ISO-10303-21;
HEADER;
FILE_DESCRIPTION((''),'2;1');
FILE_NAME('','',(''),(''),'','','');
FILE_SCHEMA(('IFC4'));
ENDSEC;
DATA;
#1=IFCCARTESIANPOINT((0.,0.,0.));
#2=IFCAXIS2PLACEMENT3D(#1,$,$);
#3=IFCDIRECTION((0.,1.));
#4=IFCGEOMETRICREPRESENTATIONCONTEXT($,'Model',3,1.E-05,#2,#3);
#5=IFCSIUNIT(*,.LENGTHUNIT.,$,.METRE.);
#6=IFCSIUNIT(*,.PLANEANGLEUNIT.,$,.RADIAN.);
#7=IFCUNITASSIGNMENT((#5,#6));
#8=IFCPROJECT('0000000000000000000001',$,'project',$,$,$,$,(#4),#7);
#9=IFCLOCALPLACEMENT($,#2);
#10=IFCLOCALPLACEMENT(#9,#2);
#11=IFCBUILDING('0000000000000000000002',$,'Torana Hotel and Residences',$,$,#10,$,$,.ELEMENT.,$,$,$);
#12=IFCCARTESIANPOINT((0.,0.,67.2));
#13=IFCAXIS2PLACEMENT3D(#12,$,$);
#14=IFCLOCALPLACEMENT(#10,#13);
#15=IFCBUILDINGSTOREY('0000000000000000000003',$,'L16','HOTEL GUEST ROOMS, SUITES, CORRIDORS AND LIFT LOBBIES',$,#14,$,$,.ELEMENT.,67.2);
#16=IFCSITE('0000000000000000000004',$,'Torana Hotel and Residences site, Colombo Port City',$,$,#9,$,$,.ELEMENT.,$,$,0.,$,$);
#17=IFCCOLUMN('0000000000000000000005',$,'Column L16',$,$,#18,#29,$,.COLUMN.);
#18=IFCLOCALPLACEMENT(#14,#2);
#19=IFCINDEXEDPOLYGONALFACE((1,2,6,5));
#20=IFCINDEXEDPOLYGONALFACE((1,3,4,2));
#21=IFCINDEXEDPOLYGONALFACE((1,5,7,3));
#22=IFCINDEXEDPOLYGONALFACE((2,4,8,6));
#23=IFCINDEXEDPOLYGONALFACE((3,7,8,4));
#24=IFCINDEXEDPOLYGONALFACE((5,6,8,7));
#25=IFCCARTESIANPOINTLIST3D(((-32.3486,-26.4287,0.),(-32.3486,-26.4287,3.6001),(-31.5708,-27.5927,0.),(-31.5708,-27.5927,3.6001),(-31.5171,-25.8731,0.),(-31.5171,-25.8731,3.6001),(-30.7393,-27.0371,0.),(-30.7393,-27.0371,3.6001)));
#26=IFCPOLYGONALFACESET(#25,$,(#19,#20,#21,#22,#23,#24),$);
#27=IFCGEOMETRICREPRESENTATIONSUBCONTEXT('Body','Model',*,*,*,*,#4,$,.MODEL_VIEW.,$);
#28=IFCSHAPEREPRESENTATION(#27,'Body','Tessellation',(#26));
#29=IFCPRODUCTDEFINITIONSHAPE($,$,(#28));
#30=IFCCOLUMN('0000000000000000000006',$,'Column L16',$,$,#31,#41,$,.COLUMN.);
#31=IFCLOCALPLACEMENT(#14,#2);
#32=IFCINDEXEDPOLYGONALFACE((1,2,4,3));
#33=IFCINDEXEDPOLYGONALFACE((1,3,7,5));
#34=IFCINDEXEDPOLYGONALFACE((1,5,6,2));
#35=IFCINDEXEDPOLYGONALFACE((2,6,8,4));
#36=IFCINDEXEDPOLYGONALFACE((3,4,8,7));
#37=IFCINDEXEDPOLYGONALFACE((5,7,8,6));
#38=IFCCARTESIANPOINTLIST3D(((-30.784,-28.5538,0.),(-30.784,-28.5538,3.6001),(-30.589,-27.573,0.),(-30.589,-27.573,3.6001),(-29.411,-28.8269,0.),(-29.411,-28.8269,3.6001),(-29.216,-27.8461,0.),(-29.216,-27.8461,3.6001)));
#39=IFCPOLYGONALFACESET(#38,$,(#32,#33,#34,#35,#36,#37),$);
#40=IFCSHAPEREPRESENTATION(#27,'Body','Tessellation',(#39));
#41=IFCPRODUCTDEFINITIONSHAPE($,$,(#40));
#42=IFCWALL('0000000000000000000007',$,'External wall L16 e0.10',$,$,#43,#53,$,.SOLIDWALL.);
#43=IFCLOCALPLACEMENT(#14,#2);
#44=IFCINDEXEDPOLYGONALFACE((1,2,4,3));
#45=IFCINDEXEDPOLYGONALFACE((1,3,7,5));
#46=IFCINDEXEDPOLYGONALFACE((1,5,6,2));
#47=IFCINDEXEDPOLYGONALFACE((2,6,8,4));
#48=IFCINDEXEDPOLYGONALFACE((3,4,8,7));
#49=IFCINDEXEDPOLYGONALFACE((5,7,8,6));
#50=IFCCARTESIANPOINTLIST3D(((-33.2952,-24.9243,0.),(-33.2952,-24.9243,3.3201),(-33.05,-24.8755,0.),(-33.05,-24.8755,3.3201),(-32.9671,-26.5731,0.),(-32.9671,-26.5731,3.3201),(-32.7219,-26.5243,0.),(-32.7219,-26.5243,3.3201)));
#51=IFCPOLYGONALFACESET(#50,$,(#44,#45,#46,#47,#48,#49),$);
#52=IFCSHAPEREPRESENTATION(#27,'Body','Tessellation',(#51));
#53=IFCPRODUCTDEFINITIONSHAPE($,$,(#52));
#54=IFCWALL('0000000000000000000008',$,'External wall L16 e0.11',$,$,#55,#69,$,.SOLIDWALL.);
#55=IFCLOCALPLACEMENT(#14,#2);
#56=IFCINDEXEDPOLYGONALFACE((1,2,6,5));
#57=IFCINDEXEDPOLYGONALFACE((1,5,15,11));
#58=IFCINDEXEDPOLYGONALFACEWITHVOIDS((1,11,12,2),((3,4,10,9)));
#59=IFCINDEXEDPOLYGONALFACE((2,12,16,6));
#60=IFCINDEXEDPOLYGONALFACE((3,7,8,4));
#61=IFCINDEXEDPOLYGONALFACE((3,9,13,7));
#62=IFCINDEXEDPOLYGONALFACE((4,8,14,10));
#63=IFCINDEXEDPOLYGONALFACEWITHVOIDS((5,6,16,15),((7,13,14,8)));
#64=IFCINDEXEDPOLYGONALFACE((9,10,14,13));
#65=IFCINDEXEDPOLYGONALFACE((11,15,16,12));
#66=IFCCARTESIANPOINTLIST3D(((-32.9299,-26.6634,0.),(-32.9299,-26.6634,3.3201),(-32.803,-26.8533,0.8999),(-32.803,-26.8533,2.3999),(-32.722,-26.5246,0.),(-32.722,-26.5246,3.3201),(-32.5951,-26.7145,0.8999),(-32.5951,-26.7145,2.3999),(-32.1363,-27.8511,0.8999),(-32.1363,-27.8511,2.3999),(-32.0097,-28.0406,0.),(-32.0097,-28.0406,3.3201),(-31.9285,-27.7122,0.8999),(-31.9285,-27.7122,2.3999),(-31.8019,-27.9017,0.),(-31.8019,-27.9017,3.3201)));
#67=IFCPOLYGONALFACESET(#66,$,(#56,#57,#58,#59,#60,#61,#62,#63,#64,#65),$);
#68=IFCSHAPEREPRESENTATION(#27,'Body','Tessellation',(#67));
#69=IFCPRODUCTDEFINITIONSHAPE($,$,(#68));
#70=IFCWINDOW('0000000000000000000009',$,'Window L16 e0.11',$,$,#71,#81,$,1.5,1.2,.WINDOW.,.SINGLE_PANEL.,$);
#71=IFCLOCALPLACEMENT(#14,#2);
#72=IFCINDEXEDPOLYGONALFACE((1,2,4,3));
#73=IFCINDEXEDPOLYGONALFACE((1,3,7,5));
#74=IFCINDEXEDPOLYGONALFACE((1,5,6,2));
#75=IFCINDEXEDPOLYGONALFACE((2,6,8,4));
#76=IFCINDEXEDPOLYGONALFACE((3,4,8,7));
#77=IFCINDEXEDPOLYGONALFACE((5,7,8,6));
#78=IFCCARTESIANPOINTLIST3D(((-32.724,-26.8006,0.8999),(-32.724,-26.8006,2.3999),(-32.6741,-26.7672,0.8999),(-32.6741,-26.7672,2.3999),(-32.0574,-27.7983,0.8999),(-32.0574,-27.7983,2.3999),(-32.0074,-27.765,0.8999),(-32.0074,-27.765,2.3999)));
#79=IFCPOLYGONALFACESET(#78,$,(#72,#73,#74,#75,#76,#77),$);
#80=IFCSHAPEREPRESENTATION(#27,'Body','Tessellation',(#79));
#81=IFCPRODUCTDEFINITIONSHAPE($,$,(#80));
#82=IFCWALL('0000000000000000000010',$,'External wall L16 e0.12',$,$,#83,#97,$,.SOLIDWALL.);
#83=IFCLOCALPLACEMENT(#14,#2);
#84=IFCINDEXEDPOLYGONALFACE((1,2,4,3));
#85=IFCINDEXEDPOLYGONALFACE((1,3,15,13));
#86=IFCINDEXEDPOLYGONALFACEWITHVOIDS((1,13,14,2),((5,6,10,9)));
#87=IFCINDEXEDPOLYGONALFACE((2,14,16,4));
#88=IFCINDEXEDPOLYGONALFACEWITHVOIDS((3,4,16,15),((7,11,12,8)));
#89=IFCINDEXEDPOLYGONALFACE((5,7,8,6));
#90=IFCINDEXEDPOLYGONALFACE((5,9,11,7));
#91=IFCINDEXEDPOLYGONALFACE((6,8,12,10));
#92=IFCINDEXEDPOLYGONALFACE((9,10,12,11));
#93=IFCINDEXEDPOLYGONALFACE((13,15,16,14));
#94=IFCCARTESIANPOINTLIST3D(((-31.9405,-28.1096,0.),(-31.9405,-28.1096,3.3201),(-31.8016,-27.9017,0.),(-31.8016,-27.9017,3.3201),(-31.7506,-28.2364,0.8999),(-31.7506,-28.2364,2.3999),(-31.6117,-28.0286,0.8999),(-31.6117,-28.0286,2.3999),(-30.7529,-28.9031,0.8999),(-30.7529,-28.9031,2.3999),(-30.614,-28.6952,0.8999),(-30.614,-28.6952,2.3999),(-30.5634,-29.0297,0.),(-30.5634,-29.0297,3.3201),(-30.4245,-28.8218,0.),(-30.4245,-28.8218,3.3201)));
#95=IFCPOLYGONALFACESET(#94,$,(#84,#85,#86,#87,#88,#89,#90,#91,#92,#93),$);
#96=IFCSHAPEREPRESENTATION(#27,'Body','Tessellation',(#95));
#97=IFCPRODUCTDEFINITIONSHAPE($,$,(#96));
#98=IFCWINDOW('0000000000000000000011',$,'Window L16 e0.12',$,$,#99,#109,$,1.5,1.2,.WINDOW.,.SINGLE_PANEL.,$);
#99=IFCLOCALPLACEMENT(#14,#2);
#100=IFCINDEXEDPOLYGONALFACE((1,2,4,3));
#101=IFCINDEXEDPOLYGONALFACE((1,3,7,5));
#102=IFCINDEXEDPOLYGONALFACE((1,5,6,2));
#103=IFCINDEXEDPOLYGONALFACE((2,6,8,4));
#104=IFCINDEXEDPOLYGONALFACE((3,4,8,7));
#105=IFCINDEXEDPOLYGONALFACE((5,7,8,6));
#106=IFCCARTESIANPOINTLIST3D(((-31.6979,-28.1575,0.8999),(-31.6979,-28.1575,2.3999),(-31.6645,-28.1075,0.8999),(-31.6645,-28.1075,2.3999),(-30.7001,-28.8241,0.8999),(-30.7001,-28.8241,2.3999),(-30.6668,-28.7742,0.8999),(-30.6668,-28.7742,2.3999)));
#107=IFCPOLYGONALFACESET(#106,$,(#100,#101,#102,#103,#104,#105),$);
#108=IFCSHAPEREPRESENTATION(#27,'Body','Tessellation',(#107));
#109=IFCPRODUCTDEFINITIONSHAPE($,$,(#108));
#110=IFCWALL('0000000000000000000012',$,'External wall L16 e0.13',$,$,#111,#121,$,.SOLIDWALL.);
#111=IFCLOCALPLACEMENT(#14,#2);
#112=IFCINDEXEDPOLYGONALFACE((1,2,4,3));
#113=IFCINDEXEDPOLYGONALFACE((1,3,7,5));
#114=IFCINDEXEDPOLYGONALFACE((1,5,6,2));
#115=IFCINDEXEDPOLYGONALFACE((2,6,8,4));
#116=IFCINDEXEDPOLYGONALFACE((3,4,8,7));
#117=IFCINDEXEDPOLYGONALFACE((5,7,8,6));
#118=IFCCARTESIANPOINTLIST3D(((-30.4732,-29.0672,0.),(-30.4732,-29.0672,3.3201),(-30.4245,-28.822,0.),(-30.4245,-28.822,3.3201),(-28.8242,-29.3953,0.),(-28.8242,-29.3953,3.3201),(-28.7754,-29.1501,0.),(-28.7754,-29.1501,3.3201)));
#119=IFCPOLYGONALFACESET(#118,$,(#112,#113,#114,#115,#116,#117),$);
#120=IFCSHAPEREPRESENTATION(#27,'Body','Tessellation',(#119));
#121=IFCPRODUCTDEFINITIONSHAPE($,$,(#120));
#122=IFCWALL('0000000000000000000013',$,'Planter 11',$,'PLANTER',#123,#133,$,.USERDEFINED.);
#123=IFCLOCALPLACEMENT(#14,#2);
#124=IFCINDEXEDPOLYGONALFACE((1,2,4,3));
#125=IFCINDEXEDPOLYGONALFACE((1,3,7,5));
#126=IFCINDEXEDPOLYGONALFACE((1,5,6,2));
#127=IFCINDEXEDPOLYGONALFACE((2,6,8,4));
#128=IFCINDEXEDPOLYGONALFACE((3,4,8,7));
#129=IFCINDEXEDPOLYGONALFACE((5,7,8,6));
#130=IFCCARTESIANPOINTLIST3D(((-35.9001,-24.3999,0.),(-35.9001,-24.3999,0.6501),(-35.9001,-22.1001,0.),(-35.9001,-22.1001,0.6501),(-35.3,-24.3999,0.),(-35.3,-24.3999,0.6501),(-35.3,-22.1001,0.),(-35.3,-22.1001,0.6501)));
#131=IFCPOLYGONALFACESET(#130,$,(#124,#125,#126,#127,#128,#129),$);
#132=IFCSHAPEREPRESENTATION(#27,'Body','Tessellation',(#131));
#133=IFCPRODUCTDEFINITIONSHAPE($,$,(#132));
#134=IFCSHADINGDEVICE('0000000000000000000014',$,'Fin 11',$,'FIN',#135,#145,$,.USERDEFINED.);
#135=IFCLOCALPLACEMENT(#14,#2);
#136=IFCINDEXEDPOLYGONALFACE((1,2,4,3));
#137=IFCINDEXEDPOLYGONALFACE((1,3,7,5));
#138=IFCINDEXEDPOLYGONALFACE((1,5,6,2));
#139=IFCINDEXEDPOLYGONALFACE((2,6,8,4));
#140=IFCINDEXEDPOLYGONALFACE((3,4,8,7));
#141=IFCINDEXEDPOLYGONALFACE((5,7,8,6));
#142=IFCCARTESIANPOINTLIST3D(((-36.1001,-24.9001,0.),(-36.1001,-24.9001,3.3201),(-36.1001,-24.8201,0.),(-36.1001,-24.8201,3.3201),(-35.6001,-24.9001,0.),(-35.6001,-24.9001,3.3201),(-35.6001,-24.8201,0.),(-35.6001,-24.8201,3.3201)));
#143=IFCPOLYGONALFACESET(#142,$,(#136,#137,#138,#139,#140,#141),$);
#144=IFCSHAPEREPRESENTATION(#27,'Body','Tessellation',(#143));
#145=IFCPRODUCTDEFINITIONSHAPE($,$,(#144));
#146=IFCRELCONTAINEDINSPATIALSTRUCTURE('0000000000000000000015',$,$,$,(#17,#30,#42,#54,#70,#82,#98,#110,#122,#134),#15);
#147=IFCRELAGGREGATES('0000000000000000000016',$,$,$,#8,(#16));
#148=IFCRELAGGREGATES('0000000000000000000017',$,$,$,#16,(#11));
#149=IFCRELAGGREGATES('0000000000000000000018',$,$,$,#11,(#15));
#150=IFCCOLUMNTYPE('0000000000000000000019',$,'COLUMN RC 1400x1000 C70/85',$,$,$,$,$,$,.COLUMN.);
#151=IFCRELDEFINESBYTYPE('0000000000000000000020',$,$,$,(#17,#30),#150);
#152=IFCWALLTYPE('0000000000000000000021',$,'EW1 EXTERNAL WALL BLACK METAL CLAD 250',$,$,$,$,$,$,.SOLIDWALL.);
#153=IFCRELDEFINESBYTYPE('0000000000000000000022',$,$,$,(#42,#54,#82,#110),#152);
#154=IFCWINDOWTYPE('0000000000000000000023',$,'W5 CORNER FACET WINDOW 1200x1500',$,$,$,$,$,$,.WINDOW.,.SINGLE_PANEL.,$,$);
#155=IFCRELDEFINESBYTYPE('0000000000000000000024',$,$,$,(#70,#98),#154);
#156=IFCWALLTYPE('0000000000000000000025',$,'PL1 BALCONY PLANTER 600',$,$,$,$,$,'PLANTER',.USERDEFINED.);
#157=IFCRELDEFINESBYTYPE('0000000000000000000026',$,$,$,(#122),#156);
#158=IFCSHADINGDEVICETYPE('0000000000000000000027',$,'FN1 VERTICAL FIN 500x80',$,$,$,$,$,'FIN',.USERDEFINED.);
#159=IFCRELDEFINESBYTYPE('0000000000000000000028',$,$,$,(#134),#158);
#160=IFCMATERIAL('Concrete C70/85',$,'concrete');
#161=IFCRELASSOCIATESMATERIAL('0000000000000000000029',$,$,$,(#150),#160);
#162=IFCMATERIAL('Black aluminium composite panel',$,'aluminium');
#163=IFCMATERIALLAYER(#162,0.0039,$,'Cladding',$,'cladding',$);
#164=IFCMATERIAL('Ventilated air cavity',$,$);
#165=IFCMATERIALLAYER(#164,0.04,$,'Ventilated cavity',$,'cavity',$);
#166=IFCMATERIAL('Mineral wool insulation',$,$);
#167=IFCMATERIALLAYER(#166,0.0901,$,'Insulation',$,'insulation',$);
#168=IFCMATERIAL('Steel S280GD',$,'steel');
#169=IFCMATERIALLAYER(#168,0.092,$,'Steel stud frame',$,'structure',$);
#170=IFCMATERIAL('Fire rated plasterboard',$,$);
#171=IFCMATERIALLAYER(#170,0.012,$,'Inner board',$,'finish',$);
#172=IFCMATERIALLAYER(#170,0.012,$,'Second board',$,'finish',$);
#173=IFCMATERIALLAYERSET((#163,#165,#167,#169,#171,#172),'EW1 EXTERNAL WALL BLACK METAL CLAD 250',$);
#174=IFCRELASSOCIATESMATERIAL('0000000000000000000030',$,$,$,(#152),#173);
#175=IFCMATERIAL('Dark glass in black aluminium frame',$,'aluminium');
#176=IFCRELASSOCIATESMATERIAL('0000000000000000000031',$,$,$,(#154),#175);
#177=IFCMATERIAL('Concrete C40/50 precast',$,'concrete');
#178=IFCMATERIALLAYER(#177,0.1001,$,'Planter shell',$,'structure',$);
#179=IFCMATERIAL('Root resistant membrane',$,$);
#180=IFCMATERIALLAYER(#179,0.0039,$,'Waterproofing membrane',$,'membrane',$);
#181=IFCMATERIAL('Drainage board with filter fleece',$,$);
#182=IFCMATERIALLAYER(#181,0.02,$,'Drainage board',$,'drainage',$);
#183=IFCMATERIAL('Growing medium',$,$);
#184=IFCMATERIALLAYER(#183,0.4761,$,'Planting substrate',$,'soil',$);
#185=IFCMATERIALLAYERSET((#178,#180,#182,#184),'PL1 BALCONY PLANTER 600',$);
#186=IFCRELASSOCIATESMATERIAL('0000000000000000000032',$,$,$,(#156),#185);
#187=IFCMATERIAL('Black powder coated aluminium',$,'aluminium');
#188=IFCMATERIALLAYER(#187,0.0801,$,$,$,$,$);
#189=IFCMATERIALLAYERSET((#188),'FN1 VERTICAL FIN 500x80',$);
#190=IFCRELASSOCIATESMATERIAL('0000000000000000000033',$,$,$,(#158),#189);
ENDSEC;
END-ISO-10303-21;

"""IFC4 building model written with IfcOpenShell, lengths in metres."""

from ifc_helpers import new_model, si_unit, direction, frame, frame_2d, origin, origin_2d, place, context, subcontext, project, spatial, rectangle, extrude, material, layer, layer_set, material_profile, profile_set, type_object, element, fill, save


model = new_model("IFC4")

# Units and contexts
model_context = context("Model", 3, precision=1e-05, world=origin(), true_north=direction((0.0, 1.0)))
body_context = subcontext(model_context, "Body", "Model", "MODEL_VIEW")
ifc_project = project(units=[si_unit("LENGTHUNIT", "METRE"), si_unit("PLANEANGLEUNIT", "RADIAN")], contexts=[model_context])

# Site, building, storey
site_placement = place(None, origin())
site = spatial("IfcSite", under=ifc_project, at=site_placement, Name="Torana Hotel and Residences site, Colombo Port City", CompositionType="ELEMENT", RefElevation=0.0)
building_placement = place(site_placement, origin())
building = spatial("IfcBuilding", under=site, at=building_placement, Name="Torana Hotel and Residences", CompositionType="ELEMENT")
storey_placement = place(building_placement, frame((0.0, 0.0, 67.2)))
storey = spatial("IfcBuildingStorey", under=building, at=storey_placement, Name="L16", Description="HOTEL GUEST ROOMS, SUITES, CORRIDORS AND LIFT LOBBIES", CompositionType="ELEMENT", Elevation=67.2)

# Columns
ifc_material_1 = material(Name="Concrete C70/85", Category="concrete")
ifc_material_profile = material_profile(ifc_material_1, rectangle(XDim=1.3999, YDim=1.0, at=origin_2d()), Name="RC 1400x1000")
ifc_profile_set = profile_set([ifc_material_profile], Name="Concrete C70/85")
column_type = type_object("IfcColumnType", Name="COLUMN RC 1400x1000 C70/85", PredefinedType="COLUMN", material=ifc_profile_set)
for number, where, z_axis, x_axis, name in (
    (1, (-31.5439, -26.7329, 0.0), (0.0, 0.0, 1.0), (-0.555585, 0.83146, 0.0), "Column L16"),
    (2, (-30.0, -28.2, 0.0), (0.0, 0.0, 1.0), (-0.980792, 0.195056, 0.0), "Column L16"),
):
    element("IfcColumn", number, at=place(storey_placement, frame(where, z_axis=z_axis, x_axis=x_axis)), inside=storey, type_object=column_type, Name=name, PredefinedType="COLUMN", context=body_context, shape_type="SweptSolid", body=[
        extrude(rectangle(XDim=1.3999, YDim=1.0, at=origin_2d()), origin(), (0.0, 0.0, 1.0), 3.6001),
    ])

# Wall
ifc_material_2 = material(Name="Black aluminium composite panel", Category="aluminium")
ifc_layer_1 = layer(ifc_material_2, 0.0039, Name="Cladding", Category="cladding")
ifc_material_3 = material(Name="Ventilated air cavity")
ifc_layer_2 = layer(ifc_material_3, 0.04, Name="Ventilated cavity", Category="cavity")
ifc_material_4 = material(Name="Mineral wool insulation")
ifc_layer_3 = layer(ifc_material_4, 0.0901, Name="Insulation", Category="insulation")
ifc_material_5 = material(Name="Steel S280GD", Category="steel")
ifc_layer_4 = layer(ifc_material_5, 0.092, Name="Steel stud frame", Category="structure")
ifc_material_6 = material(Name="Fire rated plasterboard")
ifc_layer_5 = layer(ifc_material_6, 0.012, Name="Inner board", Category="finish")
ifc_layer_6 = layer(ifc_material_6, 0.012, Name="Second board", Category="finish")
ifc_layer_set_1 = layer_set([ifc_layer_1, ifc_layer_2, ifc_layer_3, ifc_layer_4, ifc_layer_5, ifc_layer_6], Name="EW1 EXTERNAL WALL BLACK METAL CLAD 250")
wall_type_1 = type_object("IfcWallType", Name="EW1 EXTERNAL WALL BLACK METAL CLAD 250", PredefinedType="SOLIDWALL", material=ifc_layer_set_1)
wall_1_placement = place(storey_placement, frame((-33.1726, -24.8999, 0.0), z_axis=(0.0, 0.0, 1.0), x_axis=(0.195167, -0.98077, 0.0)))
element("IfcWall", 3, at=wall_1_placement, inside=storey, type_object=wall_type_1, Name="External wall L16 e0.10", PredefinedType="SOLIDWALL", context=body_context, shape_type="SweptSolid", body=[
    extrude(rectangle(XDim=1.6812, YDim=0.25, at=frame_2d((0.8406, 0.0))), origin(), (0.0, 0.0, 1.0), 3.3201),
])

# Walls, openings, windows
wall_2_placement = place(storey_placement, frame((-32.8259, -26.594, 0.0), z_axis=(0.0, 0.0, 1.0), x_axis=(0.55555, -0.831483, 0.0)))
wall_2 = element("IfcWall", 4, at=wall_2_placement, inside=storey, type_object=wall_type_1, Name="External wall L16 e0.11", PredefinedType="SOLIDWALL", context=body_context, shape_type="SweptSolid", body=[
    extrude(rectangle(XDim=1.6562, YDim=0.25, at=frame_2d((0.8281, 0.0))), origin(), (0.0, 0.0, 1.0), 3.3201),
])
opening_1_placement = place(wall_2_placement, frame((0.2283, 0.0, 0.8999)))
opening_1 = element("IfcOpeningElement", 5, at=opening_1_placement, cuts=wall_2, PredefinedType="OPENING", context=body_context, shape_type="SweptSolid", body=[
    extrude(rectangle(XDim=1.2, YDim=1.5, at=frame_2d((0.6001, 0.75))), frame((0.0, 0.135, 0.0), z_axis=(0.0, -1.0, 0.0), x_axis=(1.0, 0.0, 0.0)), (0.0, 0.0, 1.0), 0.27),
])
ifc_material_7 = material(Name="Dark glass in black aluminium frame", Category="aluminium")
window_type = type_object("IfcWindowType", Name="W5 CORNER FACET WINDOW 1200x1500", PartitioningType="SINGLE_PANEL", PredefinedType="WINDOW", material=ifc_material_7)
window_1_placement = place(opening_1_placement, origin())
window_1 = element("IfcWindow", 6, at=window_1_placement, inside=storey, type_object=window_type, Name="Window L16 e0.11", OverallHeight=1.5, OverallWidth=1.2, PartitioningType="SINGLE_PANEL", PredefinedType="WINDOW", context=body_context, shape_type="SweptSolid", body=[
    extrude(rectangle(XDim=1.2, YDim=1.5, at=frame_2d((0.6001, 0.75))), frame((0.0, 0.03, 0.0), z_axis=(0.0, -1.0, 0.0), x_axis=(1.0, 0.0, 0.0)), (0.0, 0.0, 1.0), 0.0601),
])
fill(opening_1, window_1)
wall_3_placement = place(storey_placement, frame((-31.8711, -28.0056, 0.0), z_axis=(0.0, 0.0, 1.0), x_axis=(0.831483, -0.55555, 0.0)))
wall_3 = element("IfcWall", 7, at=wall_3_placement, inside=storey, type_object=wall_type_1, Name="External wall L16 e0.12", PredefinedType="SOLIDWALL", context=body_context, shape_type="SweptSolid", body=[
    extrude(rectangle(XDim=1.6562, YDim=0.25, at=frame_2d((0.8281, 0.0))), origin(), (0.0, 0.0, 1.0), 3.3201),
])
opening_2_placement = place(wall_3_placement, frame((0.2283, 0.0, 0.8999)))
opening_2 = element("IfcOpeningElement", 8, at=opening_2_placement, cuts=wall_3, PredefinedType="OPENING", context=body_context, shape_type="SweptSolid", body=[
    extrude(rectangle(XDim=1.2, YDim=1.5, at=frame_2d((0.6001, 0.75))), frame((0.0, 0.135, 0.0), z_axis=(0.0, -1.0, 0.0), x_axis=(1.0, 0.0, 0.0)), (0.0, 0.0, 1.0), 0.27),
])
window_2_placement = place(opening_2_placement, origin())
window_2 = element("IfcWindow", 9, at=window_2_placement, inside=storey, type_object=window_type, Name="Window L16 e0.12", OverallHeight=1.5, OverallWidth=1.2, PartitioningType="SINGLE_PANEL", PredefinedType="WINDOW", context=body_context, shape_type="SweptSolid", body=[
    extrude(rectangle(XDim=1.2, YDim=1.5, at=frame_2d((0.6001, 0.75))), frame((0.0, 0.03, 0.0), z_axis=(0.0, -1.0, 0.0), x_axis=(1.0, 0.0, 0.0)), (0.0, 0.0, 1.0), 0.0601),
])
fill(opening_2, window_2)

# Walls
wall_4_placement = place(storey_placement, frame((-30.449, -28.9446, 0.0), z_axis=(0.0, 0.0, 1.0), x_axis=(0.980776, -0.195139, 0.0)))
element("IfcWall", 10, at=wall_4_placement, inside=storey, type_object=wall_type_1, Name="External wall L16 e0.13", PredefinedType="SOLIDWALL", context=body_context, shape_type="SweptSolid", body=[
    extrude(rectangle(XDim=1.6814, YDim=0.25, at=frame_2d((0.8408, 0.0))), origin(), (0.0, 0.0, 1.0), 3.3201),
])
ifc_material_8 = material(Name="Concrete C40/50 precast", Category="concrete")
ifc_layer_7 = layer(ifc_material_8, 0.1001, Name="Planter shell", Category="structure")
ifc_material_9 = material(Name="Root resistant membrane")
ifc_layer_8 = layer(ifc_material_9, 0.0039, Name="Waterproofing membrane", Category="membrane")
ifc_material_10 = material(Name="Drainage board with filter fleece")
ifc_layer_9 = layer(ifc_material_10, 0.02, Name="Drainage board", Category="drainage")
ifc_material_11 = material(Name="Growing medium")
ifc_layer_10 = layer(ifc_material_11, 0.4761, Name="Planting substrate", Category="soil")
ifc_layer_set_2 = layer_set([ifc_layer_7, ifc_layer_8, ifc_layer_9, ifc_layer_10], Name="PL1 BALCONY PLANTER 600")
wall_type_2 = type_object("IfcWallType", Name="PL1 BALCONY PLANTER 600", ElementType="PLANTER", PredefinedType="USERDEFINED", material=ifc_layer_set_2)
wall_5_placement = place(storey_placement, frame((-35.6001, -24.3999, 0.0), z_axis=(0.0, 0.0, 1.0), x_axis=(0.0, 1.0, 0.0)))
element("IfcWall", 11, at=wall_5_placement, inside=storey, type_object=wall_type_2, Name="Planter 11", ObjectType="PLANTER", PredefinedType="USERDEFINED", context=body_context, shape_type="SweptSolid", body=[
    extrude(rectangle(XDim=2.2998, YDim=0.6001, at=frame_2d((1.1499, 0.0))), origin(), (0.0, 0.0, 1.0), 0.6501),
])

# Shading device
ifc_material_12 = material(Name="Black powder coated aluminium", Category="aluminium")
ifc_layer_11 = layer(ifc_material_12, 0.0801)
ifc_layer_set_3 = layer_set([ifc_layer_11], Name="FN1 VERTICAL FIN 500x80")
shading_device_type = type_object("IfcShadingDeviceType", Name="FN1 VERTICAL FIN 500x80", ElementType="FIN", PredefinedType="USERDEFINED", material=ifc_layer_set_3)
shading_device_placement = place(storey_placement, frame((-35.8501, -24.8601, 0.0), z_axis=(0.0, 0.0, 1.0), x_axis=(0.0, 1.0, 0.0)))
element("IfcShadingDevice", 12, at=shading_device_placement, inside=storey, type_object=shading_device_type, Name="Fin 11", ObjectType="FIN", PredefinedType="USERDEFINED", context=body_context, shape_type="SweptSolid", body=[
    extrude(rectangle(XDim=0.0801, YDim=0.5, at=origin_2d()), origin(), (0.0, 0.0, 1.0), 3.3201),
])

save(model, "model.ifc")
